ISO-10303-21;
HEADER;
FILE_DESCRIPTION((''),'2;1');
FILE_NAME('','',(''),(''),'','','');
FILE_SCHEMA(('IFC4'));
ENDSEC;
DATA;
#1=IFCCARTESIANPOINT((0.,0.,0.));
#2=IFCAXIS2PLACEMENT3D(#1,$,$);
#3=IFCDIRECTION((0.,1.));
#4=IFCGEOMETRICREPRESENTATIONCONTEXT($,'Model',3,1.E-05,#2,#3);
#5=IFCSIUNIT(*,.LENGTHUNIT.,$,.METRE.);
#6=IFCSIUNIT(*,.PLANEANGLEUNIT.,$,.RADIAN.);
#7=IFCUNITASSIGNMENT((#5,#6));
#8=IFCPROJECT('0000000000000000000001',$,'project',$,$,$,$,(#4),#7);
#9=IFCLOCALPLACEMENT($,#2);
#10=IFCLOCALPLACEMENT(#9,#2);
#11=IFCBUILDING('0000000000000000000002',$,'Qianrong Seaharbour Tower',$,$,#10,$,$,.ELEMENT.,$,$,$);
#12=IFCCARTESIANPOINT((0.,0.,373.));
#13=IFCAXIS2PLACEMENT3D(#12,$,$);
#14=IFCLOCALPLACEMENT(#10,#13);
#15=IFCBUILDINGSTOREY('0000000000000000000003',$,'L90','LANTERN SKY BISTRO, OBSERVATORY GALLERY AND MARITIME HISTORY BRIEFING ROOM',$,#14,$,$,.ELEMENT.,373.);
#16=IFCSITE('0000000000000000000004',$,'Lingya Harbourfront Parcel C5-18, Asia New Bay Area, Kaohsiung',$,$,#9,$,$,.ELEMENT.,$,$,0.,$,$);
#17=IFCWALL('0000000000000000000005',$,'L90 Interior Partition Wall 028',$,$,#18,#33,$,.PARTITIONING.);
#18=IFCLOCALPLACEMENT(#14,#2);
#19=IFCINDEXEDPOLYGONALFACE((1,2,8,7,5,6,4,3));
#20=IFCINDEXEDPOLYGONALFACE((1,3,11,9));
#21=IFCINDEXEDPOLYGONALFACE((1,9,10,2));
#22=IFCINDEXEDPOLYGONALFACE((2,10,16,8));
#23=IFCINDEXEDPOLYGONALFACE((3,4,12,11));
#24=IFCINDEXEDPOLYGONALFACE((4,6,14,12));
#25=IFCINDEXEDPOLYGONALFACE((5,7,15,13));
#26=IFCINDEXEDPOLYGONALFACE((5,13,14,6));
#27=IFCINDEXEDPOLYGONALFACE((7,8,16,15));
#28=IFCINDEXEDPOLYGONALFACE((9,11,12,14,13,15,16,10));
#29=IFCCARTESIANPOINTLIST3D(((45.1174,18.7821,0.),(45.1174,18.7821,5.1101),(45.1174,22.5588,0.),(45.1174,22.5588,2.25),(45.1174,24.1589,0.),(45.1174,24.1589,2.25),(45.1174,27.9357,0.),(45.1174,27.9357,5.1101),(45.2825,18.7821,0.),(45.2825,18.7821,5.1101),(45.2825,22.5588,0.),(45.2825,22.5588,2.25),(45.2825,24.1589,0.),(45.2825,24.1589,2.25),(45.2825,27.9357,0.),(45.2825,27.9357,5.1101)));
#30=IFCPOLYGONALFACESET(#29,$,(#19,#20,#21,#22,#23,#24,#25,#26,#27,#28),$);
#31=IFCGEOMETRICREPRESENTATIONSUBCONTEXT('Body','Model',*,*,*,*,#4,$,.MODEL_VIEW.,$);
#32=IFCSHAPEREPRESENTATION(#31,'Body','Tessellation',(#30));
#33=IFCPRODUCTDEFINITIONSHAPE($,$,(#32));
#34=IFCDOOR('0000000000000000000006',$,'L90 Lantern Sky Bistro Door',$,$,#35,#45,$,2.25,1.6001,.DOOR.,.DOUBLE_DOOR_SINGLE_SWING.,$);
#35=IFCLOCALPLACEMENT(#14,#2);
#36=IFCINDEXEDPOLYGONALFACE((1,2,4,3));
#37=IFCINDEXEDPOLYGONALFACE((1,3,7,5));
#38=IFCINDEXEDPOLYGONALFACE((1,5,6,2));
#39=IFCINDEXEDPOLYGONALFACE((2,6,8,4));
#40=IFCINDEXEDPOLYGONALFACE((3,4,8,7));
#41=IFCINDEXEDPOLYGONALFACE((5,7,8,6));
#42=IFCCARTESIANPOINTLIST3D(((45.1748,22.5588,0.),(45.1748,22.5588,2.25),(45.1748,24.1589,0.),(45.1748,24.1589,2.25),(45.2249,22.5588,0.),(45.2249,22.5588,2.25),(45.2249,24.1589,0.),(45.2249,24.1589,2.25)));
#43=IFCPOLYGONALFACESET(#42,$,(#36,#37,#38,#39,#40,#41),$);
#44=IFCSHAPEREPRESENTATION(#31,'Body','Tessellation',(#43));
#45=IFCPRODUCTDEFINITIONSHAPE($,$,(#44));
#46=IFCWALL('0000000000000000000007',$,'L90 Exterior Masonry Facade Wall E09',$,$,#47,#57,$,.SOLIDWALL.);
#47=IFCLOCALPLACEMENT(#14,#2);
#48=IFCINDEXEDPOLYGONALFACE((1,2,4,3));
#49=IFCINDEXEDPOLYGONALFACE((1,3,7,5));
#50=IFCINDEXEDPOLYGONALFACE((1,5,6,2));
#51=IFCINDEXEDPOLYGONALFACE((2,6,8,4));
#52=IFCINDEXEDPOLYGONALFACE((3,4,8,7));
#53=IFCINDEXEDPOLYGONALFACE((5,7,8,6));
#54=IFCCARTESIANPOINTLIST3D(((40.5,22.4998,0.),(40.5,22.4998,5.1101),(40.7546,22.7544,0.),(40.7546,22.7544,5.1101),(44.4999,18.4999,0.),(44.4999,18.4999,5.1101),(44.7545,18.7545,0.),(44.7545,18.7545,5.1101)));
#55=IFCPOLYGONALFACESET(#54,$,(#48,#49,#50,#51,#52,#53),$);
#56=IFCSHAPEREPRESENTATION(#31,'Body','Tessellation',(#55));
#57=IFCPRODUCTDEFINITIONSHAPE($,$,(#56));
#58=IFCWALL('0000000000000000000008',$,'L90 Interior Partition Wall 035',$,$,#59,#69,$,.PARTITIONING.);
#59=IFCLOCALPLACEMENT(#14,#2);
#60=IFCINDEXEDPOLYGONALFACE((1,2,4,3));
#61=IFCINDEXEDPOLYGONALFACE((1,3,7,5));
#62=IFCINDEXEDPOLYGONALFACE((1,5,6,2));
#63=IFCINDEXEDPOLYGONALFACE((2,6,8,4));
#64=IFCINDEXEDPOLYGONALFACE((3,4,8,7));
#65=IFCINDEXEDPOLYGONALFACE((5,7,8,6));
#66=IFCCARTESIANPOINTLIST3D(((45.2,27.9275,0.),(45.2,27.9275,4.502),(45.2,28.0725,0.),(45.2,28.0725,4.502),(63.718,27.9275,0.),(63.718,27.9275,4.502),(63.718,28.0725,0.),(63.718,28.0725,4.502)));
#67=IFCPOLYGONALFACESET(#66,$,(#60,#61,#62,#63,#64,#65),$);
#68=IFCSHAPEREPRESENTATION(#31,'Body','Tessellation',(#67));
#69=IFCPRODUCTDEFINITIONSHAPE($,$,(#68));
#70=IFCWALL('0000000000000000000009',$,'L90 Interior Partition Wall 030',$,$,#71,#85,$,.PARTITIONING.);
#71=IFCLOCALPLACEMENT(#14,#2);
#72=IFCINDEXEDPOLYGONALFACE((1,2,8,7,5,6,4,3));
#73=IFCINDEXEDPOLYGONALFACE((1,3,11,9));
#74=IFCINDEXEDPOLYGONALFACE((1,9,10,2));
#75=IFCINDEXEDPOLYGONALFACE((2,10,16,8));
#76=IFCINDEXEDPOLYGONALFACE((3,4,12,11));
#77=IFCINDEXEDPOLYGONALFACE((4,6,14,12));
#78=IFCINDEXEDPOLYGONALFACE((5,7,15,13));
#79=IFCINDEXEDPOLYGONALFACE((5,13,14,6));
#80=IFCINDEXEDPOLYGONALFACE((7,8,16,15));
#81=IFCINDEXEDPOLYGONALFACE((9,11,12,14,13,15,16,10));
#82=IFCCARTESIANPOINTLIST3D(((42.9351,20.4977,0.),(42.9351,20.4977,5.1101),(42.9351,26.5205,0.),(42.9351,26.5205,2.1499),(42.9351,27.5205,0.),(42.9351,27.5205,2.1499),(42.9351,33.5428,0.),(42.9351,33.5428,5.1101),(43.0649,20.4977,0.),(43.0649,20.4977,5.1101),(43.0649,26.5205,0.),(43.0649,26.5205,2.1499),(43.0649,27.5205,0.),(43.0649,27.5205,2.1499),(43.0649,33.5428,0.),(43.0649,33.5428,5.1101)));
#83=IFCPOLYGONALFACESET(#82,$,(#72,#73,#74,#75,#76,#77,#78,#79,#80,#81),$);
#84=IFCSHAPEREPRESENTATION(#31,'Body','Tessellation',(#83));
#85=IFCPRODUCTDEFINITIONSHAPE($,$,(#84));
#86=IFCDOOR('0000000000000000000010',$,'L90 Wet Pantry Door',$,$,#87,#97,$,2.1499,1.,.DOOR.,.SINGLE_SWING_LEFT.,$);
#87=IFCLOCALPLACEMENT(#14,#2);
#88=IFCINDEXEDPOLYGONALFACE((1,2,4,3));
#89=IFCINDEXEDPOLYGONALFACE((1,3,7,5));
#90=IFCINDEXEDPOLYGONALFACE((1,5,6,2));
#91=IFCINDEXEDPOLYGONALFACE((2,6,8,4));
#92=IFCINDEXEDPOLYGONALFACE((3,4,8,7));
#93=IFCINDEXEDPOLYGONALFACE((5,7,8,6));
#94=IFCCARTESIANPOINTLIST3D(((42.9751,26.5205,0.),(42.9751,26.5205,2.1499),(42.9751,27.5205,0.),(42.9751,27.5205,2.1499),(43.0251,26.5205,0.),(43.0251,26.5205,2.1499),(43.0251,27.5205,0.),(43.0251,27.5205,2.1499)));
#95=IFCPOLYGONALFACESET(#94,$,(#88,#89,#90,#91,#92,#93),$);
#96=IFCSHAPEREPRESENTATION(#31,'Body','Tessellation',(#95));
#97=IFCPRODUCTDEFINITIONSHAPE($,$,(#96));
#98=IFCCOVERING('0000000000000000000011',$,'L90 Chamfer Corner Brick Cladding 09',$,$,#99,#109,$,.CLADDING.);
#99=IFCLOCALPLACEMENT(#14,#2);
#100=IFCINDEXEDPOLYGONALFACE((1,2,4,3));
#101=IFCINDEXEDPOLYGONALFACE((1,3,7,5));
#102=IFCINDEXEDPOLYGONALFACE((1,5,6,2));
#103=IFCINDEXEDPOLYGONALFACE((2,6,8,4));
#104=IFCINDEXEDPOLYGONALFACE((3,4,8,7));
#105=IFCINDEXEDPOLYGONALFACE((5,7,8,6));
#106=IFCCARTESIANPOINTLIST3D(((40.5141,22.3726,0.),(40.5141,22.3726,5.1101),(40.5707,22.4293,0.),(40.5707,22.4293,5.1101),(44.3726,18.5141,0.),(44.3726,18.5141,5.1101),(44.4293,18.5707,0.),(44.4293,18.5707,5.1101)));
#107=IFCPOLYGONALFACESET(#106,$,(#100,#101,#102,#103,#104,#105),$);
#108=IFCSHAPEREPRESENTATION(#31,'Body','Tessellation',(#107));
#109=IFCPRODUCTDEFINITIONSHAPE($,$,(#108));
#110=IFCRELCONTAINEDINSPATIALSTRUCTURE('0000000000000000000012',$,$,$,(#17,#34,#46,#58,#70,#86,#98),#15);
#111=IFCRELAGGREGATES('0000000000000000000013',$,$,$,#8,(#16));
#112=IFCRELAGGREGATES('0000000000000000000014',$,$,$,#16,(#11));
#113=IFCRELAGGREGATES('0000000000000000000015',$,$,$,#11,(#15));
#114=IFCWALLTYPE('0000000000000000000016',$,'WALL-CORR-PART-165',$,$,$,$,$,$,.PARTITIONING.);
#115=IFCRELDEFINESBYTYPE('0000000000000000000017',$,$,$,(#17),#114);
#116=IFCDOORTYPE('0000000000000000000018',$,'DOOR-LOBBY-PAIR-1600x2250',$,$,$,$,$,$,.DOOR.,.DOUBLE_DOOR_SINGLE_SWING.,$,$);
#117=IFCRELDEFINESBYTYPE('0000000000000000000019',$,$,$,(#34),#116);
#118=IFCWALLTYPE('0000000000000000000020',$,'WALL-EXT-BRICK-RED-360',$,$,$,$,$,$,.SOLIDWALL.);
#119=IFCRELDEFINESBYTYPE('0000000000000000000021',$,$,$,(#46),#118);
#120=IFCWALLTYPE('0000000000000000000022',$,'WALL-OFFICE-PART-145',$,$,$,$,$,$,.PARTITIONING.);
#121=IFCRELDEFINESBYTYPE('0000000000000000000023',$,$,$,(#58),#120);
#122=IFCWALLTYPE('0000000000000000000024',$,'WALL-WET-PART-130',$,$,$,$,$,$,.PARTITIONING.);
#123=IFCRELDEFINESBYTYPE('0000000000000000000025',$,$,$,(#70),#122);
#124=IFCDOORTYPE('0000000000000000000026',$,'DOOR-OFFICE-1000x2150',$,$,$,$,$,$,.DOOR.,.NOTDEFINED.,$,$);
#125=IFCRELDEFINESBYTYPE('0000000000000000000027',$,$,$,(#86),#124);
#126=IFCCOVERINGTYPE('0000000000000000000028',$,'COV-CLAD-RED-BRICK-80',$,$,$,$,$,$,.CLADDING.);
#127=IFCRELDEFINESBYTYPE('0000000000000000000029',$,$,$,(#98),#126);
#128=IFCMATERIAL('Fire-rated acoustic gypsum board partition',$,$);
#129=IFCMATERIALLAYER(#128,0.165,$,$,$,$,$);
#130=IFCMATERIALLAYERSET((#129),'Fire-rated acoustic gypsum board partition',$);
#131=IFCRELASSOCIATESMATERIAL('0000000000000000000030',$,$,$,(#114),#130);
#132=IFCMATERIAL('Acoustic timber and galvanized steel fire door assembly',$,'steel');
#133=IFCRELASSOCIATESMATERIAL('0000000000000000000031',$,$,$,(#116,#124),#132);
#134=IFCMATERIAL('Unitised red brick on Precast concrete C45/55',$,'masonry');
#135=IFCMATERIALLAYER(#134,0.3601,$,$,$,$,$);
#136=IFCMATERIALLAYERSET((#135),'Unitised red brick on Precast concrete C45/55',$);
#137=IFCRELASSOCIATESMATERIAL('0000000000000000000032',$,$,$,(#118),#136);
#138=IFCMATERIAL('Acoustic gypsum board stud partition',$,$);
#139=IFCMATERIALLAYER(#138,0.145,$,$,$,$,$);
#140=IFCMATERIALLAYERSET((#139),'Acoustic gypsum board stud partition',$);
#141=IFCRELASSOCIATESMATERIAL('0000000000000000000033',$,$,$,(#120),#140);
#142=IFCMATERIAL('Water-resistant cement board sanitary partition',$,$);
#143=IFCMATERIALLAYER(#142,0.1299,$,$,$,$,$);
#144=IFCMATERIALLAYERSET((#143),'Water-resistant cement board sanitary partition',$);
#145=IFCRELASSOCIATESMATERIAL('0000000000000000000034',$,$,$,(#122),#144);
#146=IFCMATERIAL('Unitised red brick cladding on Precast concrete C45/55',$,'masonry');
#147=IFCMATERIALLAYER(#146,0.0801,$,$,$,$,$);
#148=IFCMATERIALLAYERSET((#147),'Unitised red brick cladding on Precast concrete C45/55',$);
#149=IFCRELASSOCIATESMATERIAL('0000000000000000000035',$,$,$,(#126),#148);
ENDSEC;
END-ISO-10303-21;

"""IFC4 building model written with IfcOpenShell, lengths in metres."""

from ifc_helpers import new_model, si_unit, direction, frame, frame_2d, origin, origin_2d, place, context, subcontext, project, spatial, rectangle, extrude, material, layer, layer_set, type_object, element, fill, save


model = new_model("IFC4")

# Units and contexts
model_context = context("Model", 3, precision=1e-05, world=origin(), true_north=direction((0.0, 1.0)))
body_context = subcontext(model_context, "Body", "Model", "MODEL_VIEW")
ifc_project = project(units=[si_unit("LENGTHUNIT", "METRE"), si_unit("PLANEANGLEUNIT", "RADIAN")], contexts=[model_context])

# Site, building, storey
site_placement = place(None, origin())
site = spatial("IfcSite", under=ifc_project, at=site_placement, Name="Lingya Harbourfront Parcel C5-18, Asia New Bay Area, Kaohsiung", CompositionType="ELEMENT", RefElevation=0.0)
building_placement = place(site_placement, origin())
building = spatial("IfcBuilding", under=site, at=building_placement, Name="Qianrong Seaharbour Tower", CompositionType="ELEMENT")
storey_placement = place(building_placement, frame((0.0, 0.0, 373.0)))
storey = spatial("IfcBuildingStorey", under=building, at=storey_placement, Name="L90", Description="LANTERN SKY BISTRO, OBSERVATORY GALLERY AND MARITIME HISTORY BRIEFING ROOM", CompositionType="ELEMENT", Elevation=373.0)

# Wall, opening, door
ifc_material_1 = material(Name="Fire-rated acoustic gypsum board partition")
ifc_layer_1 = layer(ifc_material_1, 0.165)
ifc_layer_set_1 = layer_set([ifc_layer_1], Name="Fire-rated acoustic gypsum board partition")
wall_type_1 = type_object("IfcWallType", Name="WALL-CORR-PART-165", PredefinedType="PARTITIONING", material=ifc_layer_set_1)
wall_1_placement = place(storey_placement, frame((45.2, 27.9355, 0.0), z_axis=(0.0, 0.0, 1.0), x_axis=(0.0, -1.0, 0.0)))
wall_1 = element("IfcWall", 1, at=wall_1_placement, inside=storey, type_object=wall_type_1, Name="L90 Interior Partition Wall 028", PredefinedType="PARTITIONING", context=body_context, shape_type="SweptSolid", body=[
    extrude(rectangle(XDim=9.1536, YDim=0.165, at=frame_2d((4.5767, 0.0))), origin(), (0.0, 0.0, 1.0), 5.1101),
])
opening_1_placement = place(wall_1_placement, frame((3.7766, 0.0, 0.0)))
opening_1 = element("IfcOpeningElement", 2, at=opening_1_placement, cuts=wall_1, PredefinedType="OPENING", context=body_context, shape_type="SweptSolid", body=[
    extrude(rectangle(XDim=1.6001, YDim=2.25, at=frame_2d((0.8, 1.125))), frame((0.0, 0.0925, 0.0), z_axis=(0.0, -1.0, 0.0), x_axis=(1.0, 0.0, 0.0)), (0.0, 0.0, 1.0), 0.1851),
])
ifc_material_2 = material(Name="Acoustic timber and galvanized steel fire door assembly", Category="steel")
door_type_1 = type_object("IfcDoorType", Name="DOOR-LOBBY-PAIR-1600x2250", OperationType="DOUBLE_DOOR_SINGLE_SWING", PredefinedType="DOOR", material=ifc_material_2)
door_1_placement = place(opening_1_placement, origin())
door_1 = element("IfcDoor", 3, at=door_1_placement, inside=storey, type_object=door_type_1, Name="L90 Lantern Sky Bistro Door", OperationType="DOUBLE_DOOR_SINGLE_SWING", OverallHeight=2.25, OverallWidth=1.6001, PredefinedType="DOOR", context=body_context, shape_type="SweptSolid", body=[
    extrude(rectangle(XDim=1.6001, YDim=2.25, at=frame_2d((0.8, 1.125))), frame((0.0, 0.0249, 0.0), z_axis=(0.0, -1.0, 0.0), x_axis=(1.0, 0.0, 0.0)), (0.0, 0.0, 1.0), 0.05),
])
fill(opening_1, door_1)

# Walls
ifc_material_3 = material(Name="Unitised red brick on Precast concrete C45/55", Category="masonry")
ifc_layer_2 = layer(ifc_material_3, 0.3601)
ifc_layer_set_2 = layer_set([ifc_layer_2], Name="Unitised red brick on Precast concrete C45/55")
wall_type_2 = type_object("IfcWallType", Name="WALL-EXT-BRICK-RED-360", PredefinedType="SOLIDWALL", material=ifc_layer_set_2)
wall_2_placement = place(storey_placement, frame((44.6272, 18.6272, 0.0), z_axis=(0.0, 0.0, 1.0), x_axis=(-0.707107, 0.707107, 0.0)))
element("IfcWall", 4, at=wall_2_placement, inside=storey, type_object=wall_type_2, Name="L90 Exterior Masonry Facade Wall E09", PredefinedType="SOLIDWALL", context=body_context, shape_type="SweptSolid", body=[
    extrude(rectangle(XDim=5.6567, YDim=0.3601, at=frame_2d((2.8284, 0.0))), origin(), (0.0, 0.0, 1.0), 5.1101),
])
ifc_material_4 = material(Name="Acoustic gypsum board stud partition")
ifc_layer_3 = layer(ifc_material_4, 0.145)
ifc_layer_set_3 = layer_set([ifc_layer_3], Name="Acoustic gypsum board stud partition")
wall_type_3 = type_object("IfcWallType", Name="WALL-OFFICE-PART-145", PredefinedType="PARTITIONING", material=ifc_layer_set_3)
wall_3_placement = place(storey_placement, frame((45.2, 28.0, 0.0), z_axis=(0.0, 0.0, 1.0), x_axis=(1.0, 0.0, 0.0)))
element("IfcWall", 5, at=wall_3_placement, inside=storey, type_object=wall_type_3, Name="L90 Interior Partition Wall 035", PredefinedType="PARTITIONING", context=body_context, shape_type="SweptSolid", body=[
    extrude(rectangle(XDim=18.5181, YDim=0.145, at=frame_2d((9.259, 0.0))), origin(), (0.0, 0.0, 1.0), 4.502),
])

# Wall, opening, door
ifc_material_5 = material(Name="Water-resistant cement board sanitary partition")
ifc_layer_4 = layer(ifc_material_5, 0.1299)
ifc_layer_set_4 = layer_set([ifc_layer_4], Name="Water-resistant cement board sanitary partition")
wall_type_4 = type_object("IfcWallType", Name="WALL-WET-PART-130", PredefinedType="PARTITIONING", material=ifc_layer_set_4)
wall_4_placement = place(storey_placement, frame((43.0, 20.4978, 0.0), z_axis=(0.0, 0.0, 1.0), x_axis=(0.0, 1.0, 0.0)))
wall_4 = element("IfcWall", 6, at=wall_4_placement, inside=storey, type_object=wall_type_4, Name="L90 Interior Partition Wall 030", PredefinedType="PARTITIONING", context=body_context, shape_type="SweptSolid", body=[
    extrude(rectangle(XDim=13.0452, YDim=0.1299, at=frame_2d((6.5225, 0.0))), origin(), (0.0, 0.0, 1.0), 5.1101),
])
opening_2_placement = place(wall_4_placement, frame((6.0227, 0.0, 0.0)))
opening_2 = element("IfcOpeningElement", 7, at=opening_2_placement, cuts=wall_4, PredefinedType="OPENING", context=body_context, shape_type="SweptSolid", body=[
    extrude(rectangle(XDim=1.0, YDim=2.1499, at=frame_2d((0.5, 1.075))), frame((0.0, 0.075, 0.0), z_axis=(0.0, -1.0, 0.0), x_axis=(1.0, 0.0, 0.0)), (0.0, 0.0, 1.0), 0.1499),
])
door_type_2 = type_object("IfcDoorType", Name="DOOR-OFFICE-1000x2150", OperationType="NOTDEFINED", PredefinedType="DOOR", material=ifc_material_2)
door_2_placement = place(opening_2_placement, origin())
door_2 = element("IfcDoor", 8, at=door_2_placement, inside=storey, type_object=door_type_2, Name="L90 Wet Pantry Door", OperationType="SINGLE_SWING_LEFT", OverallHeight=2.1499, OverallWidth=1.0, PredefinedType="DOOR", context=body_context, shape_type="SweptSolid", body=[
    extrude(rectangle(XDim=1.0, YDim=2.1499, at=frame_2d((0.5, 1.075))), frame((0.0, 0.0249, 0.0), z_axis=(0.0, -1.0, 0.0), x_axis=(1.0, 0.0, 0.0)), (0.0, 0.0, 1.0), 0.05),
])
fill(opening_2, door_2)

# Covering
ifc_material_6 = material(Name="Unitised red brick cladding on Precast concrete C45/55", Category="masonry")
ifc_layer_5 = layer(ifc_material_6, 0.0801)
ifc_layer_set_5 = layer_set([ifc_layer_5], Name="Unitised red brick cladding on Precast concrete C45/55")
covering_type = type_object("IfcCoveringType", Name="COV-CLAD-RED-BRICK-80", PredefinedType="CLADDING", material=ifc_layer_set_5)
covering_placement = place(storey_placement, frame((42.4717, 20.4717, 0.0), z_axis=(0.0, 0.0, 1.0), x_axis=(-0.707107, 0.707107, 0.0)))
element("IfcCovering", 9, at=covering_placement, inside=storey, type_object=covering_type, Name="L90 Chamfer Corner Brick Cladding 09", PredefinedType="CLADDING", context=body_context, shape_type="SweptSolid", body=[
    extrude(rectangle(XDim=5.4568, YDim=0.0801, at=origin_2d()), origin(), (0.0, 0.0, 1.0), 5.1101),
])

save(model, "model.ifc")
